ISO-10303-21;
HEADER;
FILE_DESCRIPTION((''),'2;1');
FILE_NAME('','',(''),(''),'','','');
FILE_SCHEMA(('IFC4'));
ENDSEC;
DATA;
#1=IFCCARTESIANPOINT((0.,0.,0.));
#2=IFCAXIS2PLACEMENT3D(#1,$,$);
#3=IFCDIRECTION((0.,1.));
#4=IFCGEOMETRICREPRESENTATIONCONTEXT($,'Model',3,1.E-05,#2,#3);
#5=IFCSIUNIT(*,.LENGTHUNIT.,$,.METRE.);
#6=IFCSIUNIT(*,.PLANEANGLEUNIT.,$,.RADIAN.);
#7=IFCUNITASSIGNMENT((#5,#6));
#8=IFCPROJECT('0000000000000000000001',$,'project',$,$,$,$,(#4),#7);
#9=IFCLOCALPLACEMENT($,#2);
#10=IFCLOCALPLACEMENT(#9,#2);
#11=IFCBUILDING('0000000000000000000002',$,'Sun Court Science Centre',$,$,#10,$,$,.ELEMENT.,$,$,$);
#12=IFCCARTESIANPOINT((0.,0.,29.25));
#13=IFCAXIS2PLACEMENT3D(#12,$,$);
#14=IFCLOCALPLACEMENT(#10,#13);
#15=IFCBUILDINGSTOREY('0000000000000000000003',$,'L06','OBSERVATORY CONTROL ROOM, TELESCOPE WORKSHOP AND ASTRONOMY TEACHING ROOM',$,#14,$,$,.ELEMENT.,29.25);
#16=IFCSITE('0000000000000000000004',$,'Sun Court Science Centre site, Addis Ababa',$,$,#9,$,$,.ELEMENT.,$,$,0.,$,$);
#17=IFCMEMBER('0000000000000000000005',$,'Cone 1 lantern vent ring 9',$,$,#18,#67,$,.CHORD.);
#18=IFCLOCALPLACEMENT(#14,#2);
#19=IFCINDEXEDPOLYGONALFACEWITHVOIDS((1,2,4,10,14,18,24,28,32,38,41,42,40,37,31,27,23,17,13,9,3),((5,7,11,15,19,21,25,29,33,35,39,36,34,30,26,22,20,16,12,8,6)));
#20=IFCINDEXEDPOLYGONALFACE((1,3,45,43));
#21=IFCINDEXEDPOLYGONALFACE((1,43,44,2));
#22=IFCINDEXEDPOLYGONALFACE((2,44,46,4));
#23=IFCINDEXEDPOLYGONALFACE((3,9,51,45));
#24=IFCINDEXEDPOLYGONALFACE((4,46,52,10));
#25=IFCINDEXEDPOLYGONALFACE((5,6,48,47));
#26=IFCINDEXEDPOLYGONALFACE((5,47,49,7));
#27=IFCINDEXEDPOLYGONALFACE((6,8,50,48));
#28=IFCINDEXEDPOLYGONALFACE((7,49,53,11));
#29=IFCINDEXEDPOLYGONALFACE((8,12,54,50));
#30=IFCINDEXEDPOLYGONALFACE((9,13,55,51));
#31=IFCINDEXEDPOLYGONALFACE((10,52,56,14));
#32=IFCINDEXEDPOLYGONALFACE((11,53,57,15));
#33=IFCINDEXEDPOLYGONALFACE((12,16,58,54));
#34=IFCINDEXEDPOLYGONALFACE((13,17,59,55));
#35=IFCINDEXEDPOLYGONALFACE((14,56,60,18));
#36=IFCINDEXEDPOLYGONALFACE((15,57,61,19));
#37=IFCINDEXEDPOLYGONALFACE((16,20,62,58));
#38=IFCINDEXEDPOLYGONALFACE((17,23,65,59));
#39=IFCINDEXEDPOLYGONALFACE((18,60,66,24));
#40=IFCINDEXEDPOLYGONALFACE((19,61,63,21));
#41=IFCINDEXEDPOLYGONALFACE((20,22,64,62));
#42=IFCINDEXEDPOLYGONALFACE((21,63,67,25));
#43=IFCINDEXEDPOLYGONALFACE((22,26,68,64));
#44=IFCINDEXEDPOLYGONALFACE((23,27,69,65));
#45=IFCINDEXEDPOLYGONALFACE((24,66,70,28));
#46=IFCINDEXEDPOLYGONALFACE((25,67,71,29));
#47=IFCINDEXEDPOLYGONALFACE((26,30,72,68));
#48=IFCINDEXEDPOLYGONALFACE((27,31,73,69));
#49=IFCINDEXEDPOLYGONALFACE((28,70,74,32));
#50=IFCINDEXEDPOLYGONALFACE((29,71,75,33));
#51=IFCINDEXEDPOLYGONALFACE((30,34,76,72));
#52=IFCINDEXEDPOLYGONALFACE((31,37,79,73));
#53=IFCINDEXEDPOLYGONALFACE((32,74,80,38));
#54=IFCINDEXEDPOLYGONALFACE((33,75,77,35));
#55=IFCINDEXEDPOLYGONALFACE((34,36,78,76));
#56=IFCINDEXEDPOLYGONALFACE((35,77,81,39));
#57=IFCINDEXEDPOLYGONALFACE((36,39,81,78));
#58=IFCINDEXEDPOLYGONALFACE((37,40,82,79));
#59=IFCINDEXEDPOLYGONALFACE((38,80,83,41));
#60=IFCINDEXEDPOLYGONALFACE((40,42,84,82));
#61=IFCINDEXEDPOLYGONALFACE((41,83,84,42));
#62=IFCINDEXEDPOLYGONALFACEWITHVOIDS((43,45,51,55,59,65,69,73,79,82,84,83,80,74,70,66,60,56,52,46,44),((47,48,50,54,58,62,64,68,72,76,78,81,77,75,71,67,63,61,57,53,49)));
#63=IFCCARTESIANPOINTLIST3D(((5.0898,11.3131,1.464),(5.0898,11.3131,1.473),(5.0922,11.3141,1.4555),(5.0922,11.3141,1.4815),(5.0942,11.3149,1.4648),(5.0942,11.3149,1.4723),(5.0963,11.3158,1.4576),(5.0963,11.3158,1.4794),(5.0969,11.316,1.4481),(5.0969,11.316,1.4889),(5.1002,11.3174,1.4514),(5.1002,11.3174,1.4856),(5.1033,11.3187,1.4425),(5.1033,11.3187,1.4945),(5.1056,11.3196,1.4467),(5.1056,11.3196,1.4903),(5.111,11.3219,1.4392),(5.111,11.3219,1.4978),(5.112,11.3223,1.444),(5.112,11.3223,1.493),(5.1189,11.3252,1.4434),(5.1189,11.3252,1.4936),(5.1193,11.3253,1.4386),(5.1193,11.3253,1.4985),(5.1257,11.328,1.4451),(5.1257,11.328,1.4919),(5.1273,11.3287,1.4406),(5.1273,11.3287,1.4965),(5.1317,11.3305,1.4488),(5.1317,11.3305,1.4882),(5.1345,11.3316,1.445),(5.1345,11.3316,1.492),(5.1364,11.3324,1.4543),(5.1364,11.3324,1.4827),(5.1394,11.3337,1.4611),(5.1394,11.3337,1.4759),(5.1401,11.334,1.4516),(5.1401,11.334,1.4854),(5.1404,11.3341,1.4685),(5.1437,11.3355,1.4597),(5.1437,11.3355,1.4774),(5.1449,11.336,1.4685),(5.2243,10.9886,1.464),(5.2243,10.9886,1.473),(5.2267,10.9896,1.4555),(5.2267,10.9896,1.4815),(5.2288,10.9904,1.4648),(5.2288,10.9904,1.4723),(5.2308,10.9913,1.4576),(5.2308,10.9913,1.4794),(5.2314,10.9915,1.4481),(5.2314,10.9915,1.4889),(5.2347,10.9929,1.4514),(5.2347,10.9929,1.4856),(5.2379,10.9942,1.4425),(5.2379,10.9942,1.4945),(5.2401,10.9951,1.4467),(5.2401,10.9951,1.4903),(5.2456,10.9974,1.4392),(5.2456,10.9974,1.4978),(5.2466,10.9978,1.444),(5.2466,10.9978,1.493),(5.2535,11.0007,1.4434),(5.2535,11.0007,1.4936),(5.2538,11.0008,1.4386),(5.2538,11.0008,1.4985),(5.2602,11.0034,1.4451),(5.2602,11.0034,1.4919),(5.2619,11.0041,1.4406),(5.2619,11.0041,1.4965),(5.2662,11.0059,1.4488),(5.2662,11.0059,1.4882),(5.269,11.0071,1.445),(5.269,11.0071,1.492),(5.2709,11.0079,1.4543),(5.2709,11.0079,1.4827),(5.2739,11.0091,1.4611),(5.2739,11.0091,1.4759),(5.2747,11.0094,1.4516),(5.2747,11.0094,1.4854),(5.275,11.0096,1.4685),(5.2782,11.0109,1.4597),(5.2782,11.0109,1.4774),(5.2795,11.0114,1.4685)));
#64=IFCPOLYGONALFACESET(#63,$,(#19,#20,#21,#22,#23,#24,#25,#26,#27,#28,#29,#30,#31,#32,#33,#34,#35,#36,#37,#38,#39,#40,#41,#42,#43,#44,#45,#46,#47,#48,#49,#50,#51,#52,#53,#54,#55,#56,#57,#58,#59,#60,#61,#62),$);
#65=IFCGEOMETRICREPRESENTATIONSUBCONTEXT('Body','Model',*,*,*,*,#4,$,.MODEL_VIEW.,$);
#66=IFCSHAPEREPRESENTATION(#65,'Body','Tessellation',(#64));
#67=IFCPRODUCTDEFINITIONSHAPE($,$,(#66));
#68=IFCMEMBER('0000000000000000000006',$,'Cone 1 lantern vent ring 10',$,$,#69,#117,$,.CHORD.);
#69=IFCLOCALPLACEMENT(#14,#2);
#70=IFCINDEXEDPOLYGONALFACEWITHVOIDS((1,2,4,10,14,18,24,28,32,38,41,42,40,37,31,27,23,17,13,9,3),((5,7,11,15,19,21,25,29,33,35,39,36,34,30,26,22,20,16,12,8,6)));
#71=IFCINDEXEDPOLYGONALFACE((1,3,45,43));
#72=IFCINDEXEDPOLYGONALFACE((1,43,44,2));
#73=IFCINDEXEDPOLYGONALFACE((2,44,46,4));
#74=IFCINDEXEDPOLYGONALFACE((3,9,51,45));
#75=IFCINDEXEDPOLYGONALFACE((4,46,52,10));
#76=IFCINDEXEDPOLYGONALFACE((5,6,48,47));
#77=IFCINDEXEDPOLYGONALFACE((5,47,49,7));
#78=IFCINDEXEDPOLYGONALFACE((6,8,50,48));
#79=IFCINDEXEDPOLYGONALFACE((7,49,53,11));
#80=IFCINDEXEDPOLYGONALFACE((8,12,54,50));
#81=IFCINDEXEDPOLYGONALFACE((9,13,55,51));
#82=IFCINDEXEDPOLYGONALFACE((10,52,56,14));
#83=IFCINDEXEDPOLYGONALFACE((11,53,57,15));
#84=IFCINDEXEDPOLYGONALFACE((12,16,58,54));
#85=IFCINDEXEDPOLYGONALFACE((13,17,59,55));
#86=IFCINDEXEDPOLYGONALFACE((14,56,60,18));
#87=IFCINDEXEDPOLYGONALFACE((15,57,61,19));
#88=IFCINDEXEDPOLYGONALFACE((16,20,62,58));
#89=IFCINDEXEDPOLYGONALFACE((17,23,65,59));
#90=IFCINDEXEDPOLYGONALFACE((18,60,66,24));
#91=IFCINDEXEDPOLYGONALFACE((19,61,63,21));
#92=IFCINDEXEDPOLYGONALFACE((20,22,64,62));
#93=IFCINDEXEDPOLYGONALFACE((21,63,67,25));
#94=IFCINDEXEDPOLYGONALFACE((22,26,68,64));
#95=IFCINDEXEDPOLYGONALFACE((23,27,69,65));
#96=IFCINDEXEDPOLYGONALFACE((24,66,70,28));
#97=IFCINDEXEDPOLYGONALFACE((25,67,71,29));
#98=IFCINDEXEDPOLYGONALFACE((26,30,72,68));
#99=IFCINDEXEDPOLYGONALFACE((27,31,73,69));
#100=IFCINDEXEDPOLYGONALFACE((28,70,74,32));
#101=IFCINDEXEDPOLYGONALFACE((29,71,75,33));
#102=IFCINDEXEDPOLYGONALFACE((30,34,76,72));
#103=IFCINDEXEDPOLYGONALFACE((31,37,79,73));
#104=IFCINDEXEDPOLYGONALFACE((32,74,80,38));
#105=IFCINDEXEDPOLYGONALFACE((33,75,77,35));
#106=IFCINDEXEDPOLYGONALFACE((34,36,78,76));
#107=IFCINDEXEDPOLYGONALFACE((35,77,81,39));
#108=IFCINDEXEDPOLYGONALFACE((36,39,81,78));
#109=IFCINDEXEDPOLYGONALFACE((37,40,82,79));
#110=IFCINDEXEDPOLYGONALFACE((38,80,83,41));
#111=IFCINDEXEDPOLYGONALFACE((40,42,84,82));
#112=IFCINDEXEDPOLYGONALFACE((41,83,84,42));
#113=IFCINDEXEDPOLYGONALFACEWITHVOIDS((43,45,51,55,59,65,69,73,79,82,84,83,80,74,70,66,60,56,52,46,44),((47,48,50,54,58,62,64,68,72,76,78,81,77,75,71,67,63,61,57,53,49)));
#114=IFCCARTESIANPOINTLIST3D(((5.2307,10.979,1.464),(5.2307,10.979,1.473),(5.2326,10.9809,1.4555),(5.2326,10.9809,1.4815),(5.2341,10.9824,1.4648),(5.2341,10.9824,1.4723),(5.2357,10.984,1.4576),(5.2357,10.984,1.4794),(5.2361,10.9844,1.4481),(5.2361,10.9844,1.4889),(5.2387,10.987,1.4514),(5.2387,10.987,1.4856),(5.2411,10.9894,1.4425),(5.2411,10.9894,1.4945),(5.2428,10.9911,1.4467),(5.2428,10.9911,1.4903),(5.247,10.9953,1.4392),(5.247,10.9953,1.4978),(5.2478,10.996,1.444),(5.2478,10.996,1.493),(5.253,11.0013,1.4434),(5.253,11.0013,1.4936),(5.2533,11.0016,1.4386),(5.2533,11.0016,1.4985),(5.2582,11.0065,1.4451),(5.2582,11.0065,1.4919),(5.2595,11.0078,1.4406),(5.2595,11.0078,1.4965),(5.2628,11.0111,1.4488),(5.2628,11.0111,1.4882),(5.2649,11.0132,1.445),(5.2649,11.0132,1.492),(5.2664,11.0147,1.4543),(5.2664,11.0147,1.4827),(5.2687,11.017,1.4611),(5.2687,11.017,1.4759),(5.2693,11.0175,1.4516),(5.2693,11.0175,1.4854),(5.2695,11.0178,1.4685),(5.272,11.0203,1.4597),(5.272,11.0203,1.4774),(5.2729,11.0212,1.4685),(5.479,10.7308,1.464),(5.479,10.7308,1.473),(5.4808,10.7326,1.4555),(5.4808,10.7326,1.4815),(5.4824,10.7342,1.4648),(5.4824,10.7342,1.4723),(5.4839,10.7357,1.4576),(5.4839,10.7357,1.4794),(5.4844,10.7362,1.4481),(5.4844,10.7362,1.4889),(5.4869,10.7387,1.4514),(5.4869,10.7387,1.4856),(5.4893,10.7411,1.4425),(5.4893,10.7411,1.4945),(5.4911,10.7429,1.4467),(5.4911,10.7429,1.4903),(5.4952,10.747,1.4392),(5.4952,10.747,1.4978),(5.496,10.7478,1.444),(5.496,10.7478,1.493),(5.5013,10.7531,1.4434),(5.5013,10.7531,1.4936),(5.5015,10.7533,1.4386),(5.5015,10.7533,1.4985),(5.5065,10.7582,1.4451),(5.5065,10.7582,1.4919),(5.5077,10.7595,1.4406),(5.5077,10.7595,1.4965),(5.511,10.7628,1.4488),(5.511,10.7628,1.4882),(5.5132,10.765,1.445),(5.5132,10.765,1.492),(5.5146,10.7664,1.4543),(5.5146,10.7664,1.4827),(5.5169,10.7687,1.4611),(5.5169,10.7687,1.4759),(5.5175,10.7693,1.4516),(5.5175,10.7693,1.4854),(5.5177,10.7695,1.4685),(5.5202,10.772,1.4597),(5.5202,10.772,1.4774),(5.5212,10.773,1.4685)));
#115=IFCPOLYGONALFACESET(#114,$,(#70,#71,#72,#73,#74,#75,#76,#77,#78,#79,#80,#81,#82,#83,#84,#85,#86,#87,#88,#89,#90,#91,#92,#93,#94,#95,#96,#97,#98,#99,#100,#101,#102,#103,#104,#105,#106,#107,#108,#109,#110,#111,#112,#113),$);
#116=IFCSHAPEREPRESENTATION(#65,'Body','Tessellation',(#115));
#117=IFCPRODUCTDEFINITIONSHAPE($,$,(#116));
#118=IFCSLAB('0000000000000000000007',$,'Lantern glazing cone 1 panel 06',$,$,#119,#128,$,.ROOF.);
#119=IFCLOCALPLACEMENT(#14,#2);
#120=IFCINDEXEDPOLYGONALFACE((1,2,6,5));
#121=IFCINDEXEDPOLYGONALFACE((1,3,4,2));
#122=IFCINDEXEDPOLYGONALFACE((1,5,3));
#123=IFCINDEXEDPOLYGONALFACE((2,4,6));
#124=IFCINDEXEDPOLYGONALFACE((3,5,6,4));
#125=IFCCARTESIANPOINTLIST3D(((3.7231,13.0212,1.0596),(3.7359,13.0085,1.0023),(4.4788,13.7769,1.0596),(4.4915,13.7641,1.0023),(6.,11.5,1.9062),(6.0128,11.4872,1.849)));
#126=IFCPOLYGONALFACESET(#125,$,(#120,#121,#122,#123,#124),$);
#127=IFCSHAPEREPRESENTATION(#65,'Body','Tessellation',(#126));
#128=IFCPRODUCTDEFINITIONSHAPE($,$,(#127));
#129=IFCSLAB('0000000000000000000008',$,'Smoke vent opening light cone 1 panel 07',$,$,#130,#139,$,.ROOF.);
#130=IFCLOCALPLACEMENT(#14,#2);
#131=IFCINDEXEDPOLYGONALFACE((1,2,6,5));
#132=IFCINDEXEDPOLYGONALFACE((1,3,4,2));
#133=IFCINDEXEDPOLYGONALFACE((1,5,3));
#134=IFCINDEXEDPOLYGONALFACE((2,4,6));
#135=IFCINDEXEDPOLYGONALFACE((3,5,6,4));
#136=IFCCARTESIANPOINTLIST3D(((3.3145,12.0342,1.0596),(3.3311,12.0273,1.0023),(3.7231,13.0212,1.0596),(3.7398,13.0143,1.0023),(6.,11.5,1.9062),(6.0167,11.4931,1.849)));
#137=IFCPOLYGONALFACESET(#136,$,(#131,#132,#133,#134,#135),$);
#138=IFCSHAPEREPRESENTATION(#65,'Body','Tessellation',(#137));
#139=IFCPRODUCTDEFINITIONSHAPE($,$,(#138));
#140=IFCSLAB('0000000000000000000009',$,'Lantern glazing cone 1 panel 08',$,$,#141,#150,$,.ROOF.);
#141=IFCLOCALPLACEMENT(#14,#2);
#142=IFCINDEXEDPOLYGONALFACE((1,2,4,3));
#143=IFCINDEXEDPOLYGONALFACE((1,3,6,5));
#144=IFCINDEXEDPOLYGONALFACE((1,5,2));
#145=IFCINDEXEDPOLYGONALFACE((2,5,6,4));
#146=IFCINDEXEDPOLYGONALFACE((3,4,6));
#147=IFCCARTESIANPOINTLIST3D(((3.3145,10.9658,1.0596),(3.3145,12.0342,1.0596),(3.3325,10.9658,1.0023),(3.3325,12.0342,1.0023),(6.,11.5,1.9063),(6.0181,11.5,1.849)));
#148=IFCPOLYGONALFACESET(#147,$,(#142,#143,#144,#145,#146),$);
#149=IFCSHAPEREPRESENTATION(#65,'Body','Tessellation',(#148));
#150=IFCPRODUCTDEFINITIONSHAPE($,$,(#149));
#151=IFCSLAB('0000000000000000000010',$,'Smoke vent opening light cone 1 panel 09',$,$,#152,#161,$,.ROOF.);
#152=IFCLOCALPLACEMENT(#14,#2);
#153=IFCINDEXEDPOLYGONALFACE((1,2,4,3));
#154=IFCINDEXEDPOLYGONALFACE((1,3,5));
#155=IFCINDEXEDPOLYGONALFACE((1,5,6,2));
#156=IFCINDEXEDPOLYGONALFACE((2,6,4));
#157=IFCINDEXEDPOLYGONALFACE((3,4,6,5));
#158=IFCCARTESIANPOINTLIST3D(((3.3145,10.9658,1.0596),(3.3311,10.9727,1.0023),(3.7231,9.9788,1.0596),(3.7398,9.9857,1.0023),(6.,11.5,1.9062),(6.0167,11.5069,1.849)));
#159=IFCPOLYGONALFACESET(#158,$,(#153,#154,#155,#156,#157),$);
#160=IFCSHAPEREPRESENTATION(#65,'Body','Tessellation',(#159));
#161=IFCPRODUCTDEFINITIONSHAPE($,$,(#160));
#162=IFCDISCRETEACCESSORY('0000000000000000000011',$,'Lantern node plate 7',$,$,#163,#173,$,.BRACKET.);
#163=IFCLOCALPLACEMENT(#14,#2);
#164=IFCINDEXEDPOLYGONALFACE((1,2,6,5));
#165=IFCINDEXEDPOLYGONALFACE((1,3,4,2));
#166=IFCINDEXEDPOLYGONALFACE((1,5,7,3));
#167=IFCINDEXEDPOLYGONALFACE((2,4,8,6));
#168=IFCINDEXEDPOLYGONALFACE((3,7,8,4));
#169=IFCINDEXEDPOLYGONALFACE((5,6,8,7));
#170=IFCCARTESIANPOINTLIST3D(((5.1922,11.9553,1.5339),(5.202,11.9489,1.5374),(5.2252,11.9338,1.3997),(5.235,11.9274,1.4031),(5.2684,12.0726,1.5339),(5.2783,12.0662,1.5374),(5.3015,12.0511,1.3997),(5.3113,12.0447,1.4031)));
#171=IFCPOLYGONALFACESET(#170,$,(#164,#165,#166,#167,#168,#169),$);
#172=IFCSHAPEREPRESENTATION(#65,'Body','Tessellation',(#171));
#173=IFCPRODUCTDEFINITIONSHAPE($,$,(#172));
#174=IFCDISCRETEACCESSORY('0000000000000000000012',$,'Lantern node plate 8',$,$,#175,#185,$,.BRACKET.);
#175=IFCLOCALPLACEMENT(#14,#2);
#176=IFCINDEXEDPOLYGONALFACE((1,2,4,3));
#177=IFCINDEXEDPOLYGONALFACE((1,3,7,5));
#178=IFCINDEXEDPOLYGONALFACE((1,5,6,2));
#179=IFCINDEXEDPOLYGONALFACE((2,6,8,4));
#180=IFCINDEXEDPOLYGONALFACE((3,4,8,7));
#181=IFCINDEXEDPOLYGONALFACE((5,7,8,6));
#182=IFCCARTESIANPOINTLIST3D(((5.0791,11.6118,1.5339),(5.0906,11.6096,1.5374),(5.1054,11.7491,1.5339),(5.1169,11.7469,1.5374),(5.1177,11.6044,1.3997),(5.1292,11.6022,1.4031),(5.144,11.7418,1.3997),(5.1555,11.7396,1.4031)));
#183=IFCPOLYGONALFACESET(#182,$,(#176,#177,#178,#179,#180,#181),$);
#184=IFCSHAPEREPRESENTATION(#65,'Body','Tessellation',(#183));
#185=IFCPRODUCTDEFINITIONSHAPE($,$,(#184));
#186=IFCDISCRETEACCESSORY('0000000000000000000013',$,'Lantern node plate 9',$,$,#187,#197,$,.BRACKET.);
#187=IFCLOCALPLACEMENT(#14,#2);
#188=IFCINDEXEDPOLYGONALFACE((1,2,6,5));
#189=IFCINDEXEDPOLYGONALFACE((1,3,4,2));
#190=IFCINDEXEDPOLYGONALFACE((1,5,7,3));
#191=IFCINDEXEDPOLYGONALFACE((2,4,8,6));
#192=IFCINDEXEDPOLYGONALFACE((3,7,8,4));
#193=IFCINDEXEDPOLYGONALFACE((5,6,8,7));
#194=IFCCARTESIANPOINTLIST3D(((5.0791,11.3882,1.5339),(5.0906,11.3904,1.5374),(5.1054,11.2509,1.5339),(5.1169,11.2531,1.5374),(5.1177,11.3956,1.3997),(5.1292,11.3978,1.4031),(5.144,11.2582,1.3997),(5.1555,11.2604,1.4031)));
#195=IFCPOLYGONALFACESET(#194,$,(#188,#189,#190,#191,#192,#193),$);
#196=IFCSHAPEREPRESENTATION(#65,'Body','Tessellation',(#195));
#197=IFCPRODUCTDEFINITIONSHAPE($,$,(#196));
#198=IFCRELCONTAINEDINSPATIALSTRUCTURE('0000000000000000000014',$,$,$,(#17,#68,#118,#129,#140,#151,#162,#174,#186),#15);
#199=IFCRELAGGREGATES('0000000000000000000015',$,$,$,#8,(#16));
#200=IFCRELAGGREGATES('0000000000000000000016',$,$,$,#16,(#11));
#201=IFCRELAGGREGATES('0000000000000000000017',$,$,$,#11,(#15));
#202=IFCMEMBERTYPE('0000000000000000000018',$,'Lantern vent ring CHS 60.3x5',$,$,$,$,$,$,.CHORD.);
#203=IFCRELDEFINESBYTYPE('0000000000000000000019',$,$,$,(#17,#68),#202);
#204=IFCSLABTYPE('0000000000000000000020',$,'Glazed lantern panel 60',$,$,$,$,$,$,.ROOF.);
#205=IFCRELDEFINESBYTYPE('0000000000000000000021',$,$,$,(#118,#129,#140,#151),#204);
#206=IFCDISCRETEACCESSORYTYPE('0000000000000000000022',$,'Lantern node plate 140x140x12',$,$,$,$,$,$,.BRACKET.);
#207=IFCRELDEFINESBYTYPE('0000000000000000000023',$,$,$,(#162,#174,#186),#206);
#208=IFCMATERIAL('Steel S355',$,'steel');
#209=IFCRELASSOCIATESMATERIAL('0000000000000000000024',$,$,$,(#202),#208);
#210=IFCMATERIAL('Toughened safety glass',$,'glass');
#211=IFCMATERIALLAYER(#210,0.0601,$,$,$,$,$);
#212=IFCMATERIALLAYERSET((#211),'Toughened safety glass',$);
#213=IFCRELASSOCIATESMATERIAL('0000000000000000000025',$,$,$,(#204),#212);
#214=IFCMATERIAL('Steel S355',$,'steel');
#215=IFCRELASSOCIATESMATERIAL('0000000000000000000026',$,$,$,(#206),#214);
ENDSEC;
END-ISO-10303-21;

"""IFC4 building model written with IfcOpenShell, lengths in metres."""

from ifc_helpers import new_model, si_unit, direction, frame, origin, origin_2d, place, context, subcontext, project, spatial, polyline, rectangle, hollow_circle, outline, extrude, material, layer, layer_set, material_profile, profile_set, type_object, element, save


model = new_model("IFC4")

# Units and contexts
model_context = context("Model", 3, precision=1e-05, world=origin(), true_north=direction((0.0, 1.0)))
body_context = subcontext(model_context, "Body", "Model", "MODEL_VIEW")
ifc_project = project(units=[si_unit("LENGTHUNIT", "METRE"), si_unit("PLANEANGLEUNIT", "RADIAN")], contexts=[model_context])

# Site, building, storey
site_placement = place(None, origin())
site = spatial("IfcSite", under=ifc_project, at=site_placement, Name="Sun Court Science Centre site, Addis Ababa", CompositionType="ELEMENT", RefElevation=0.0)
building_placement = place(site_placement, origin())
building = spatial("IfcBuilding", under=site, at=building_placement, Name="Sun Court Science Centre", CompositionType="ELEMENT")
storey_placement = place(building_placement, frame((0.0, 0.0, 29.25)))
storey = spatial("IfcBuildingStorey", under=building, at=storey_placement, Name="L06", Description="OBSERVATORY CONTROL ROOM, TELESCOPE WORKSHOP AND ASTRONOMY TEACHING ROOM", CompositionType="ELEMENT", Elevation=29.25)

# Members
ifc_material_1 = material(Name="Steel S355", Category="steel")
ifc_material_profile_1 = material_profile(ifc_material_1, hollow_circle(Radius=0.03, WallThickness=0.0049, at=origin_2d()), Name="CHS 60.3x5")
ifc_profile_set_1 = profile_set([ifc_material_profile_1], Name="Steel S355")
member_type_1 = type_object("IfcMemberType", Name="Lantern vent ring CHS 60.3x5", PredefinedType="CHORD", material=ifc_profile_set_1)
member_1_placement = place(storey_placement, frame((5.1172, 11.3245, 1.4685), z_axis=(0.382986, -0.923754, 0.0), x_axis=(0.923754, 0.382986, 0.0)))
element("IfcMember", 1, at=member_1_placement, inside=storey, type_object=member_type_1, Name="Cone 1 lantern vent ring 9", PredefinedType="CHORD", context=body_context, shape_type="SweptSolid", body=[
    extrude(hollow_circle(Radius=0.03, WallThickness=0.0049, at=origin_2d()), origin(), (0.0, 0.0, 1.0), 0.3513),
])
member_2_placement = place(storey_placement, frame((5.2517, 11.0, 1.4685), z_axis=(0.707107, -0.707107, 0.0), x_axis=(0.707107, 0.707107, 0.0)))
element("IfcMember", 2, at=member_2_placement, inside=storey, type_object=member_type_1, Name="Cone 1 lantern vent ring 10", PredefinedType="CHORD", context=body_context, shape_type="SweptSolid", body=[
    extrude(hollow_circle(Radius=0.03, WallThickness=0.0049, at=origin_2d()), origin(), (0.0, 0.0, 1.0), 0.3511),
])

# Slabs
ifc_material_2 = material(Name="Toughened safety glass", Category="glass")
ifc_layer = layer(ifc_material_2, 0.0601)
ifc_layer_set = layer_set([ifc_layer], Name="Toughened safety glass")
slab_type = type_object("IfcSlabType", Name="Glazed lantern panel 60", PredefinedType="ROOF", material=ifc_layer_set)
slab_1_placement = place(storey_placement, frame((4.4788, 13.7769, 1.0596), z_axis=(-0.212607, 0.212607, 0.953728), x_axis=(-0.707107, -0.707107, 0.0)))
element("IfcSlab", 3, at=slab_1_placement, inside=storey, type_object=slab_type, Name="Lantern glazing cone 1 panel 06", PredefinedType="ROOF", context=body_context, shape_type="SweptSolid", body=[
    extrude(outline(polyline([(0.0, 0.0), (1.0686, 0.0), (0.5343, 2.816), (0.0, 0.0)])), origin(), (0.0, 0.0, -1.0), 0.0601),
])
slab_2_placement = place(storey_placement, frame((3.7231, 13.0212, 1.0596), z_axis=(-0.277804, 0.115025, 0.953726), x_axis=(-0.382554, -0.923933, 0.0)))
element("IfcSlab", 4, at=slab_2_placement, inside=storey, type_object=slab_type, Name="Smoke vent opening light cone 1 panel 07", PredefinedType="ROOF", context=body_context, shape_type="SweptSolid", body=[
    extrude(outline(polyline([(0.0, 0.0), (1.0683, 0.0), (0.5345, 2.8159), (0.0, 0.0)])), origin(), (0.0, 0.0, -1.0), 0.0601),
])
slab_3_placement = place(storey_placement, frame((3.3145, 12.0342, 1.0596), z_axis=(-0.300683, 0.0, 0.953724), x_axis=(0.0, -1.0, 0.0)))
element("IfcSlab", 5, at=slab_3_placement, inside=storey, type_object=slab_type, Name="Lantern glazing cone 1 panel 08", PredefinedType="ROOF", context=body_context, shape_type="SweptSolid", body=[
    extrude(outline(polyline([(0.0, 0.0), (1.0684, 0.0), (0.5342, 2.8159), (0.0, 0.0)])), origin(), (0.0, 0.0, -1.0), 0.0601),
])
slab_4_placement = place(storey_placement, frame((3.3145, 10.9658, 1.0596), z_axis=(-0.277804, -0.115025, 0.953726), x_axis=(0.382554, -0.923933, 0.0)))
element("IfcSlab", 6, at=slab_4_placement, inside=storey, type_object=slab_type, Name="Smoke vent opening light cone 1 panel 09", PredefinedType="ROOF", context=body_context, shape_type="SweptSolid", body=[
    extrude(outline(polyline([(0.0, 0.0), (1.0683, 0.0), (0.5338, 2.8159), (0.0, 0.0)])), origin(), (0.0, 0.0, -1.0), 0.0601),
])

# Discrete accessories
ifc_material_3 = material(Name="Steel S355", Category="steel")
ifc_material_profile_2 = material_profile(ifc_material_3, rectangle(XDim=0.1399, YDim=0.1399, at=origin_2d()), Name="PL 140x140")
ifc_profile_set_2 = profile_set([ifc_material_profile_2], Name="Steel S355")
discrete_accessory_type = type_object("IfcDiscreteAccessoryType", Name="Lantern node plate 140x140x12", PredefinedType="BRACKET", material=ifc_profile_set_2)
for number, where, z_axis, x_axis, name in (
    (7, (5.2468, 12.0032, 1.4668), (0.804518, -0.522937, 0.281581), (0.544988, 0.838444, 0.0), "Lantern node plate 7"),
    (8, (5.1116, 11.6768, 1.4668), (0.942643, -0.180506, 0.280787), (0.188072, 0.982155, 0.0), "Lantern node plate 8"),
    (9, (5.1116, 11.3232, 1.4668), (0.942643, 0.180506, 0.280787), (-0.188072, 0.982155, 0.0), "Lantern node plate 9"),
):
    element("IfcDiscreteAccessory", number, at=place(storey_placement, frame(where, z_axis=z_axis, x_axis=x_axis)), inside=storey, type_object=discrete_accessory_type, Name=name, PredefinedType="BRACKET", context=body_context, shape_type="SweptSolid", body=[
        extrude(rectangle(XDim=0.1399, YDim=0.1399, at=origin_2d()), origin(), (0.0, 0.0, 1.0), 0.0122),
    ])

save(model, "model.ifc")
